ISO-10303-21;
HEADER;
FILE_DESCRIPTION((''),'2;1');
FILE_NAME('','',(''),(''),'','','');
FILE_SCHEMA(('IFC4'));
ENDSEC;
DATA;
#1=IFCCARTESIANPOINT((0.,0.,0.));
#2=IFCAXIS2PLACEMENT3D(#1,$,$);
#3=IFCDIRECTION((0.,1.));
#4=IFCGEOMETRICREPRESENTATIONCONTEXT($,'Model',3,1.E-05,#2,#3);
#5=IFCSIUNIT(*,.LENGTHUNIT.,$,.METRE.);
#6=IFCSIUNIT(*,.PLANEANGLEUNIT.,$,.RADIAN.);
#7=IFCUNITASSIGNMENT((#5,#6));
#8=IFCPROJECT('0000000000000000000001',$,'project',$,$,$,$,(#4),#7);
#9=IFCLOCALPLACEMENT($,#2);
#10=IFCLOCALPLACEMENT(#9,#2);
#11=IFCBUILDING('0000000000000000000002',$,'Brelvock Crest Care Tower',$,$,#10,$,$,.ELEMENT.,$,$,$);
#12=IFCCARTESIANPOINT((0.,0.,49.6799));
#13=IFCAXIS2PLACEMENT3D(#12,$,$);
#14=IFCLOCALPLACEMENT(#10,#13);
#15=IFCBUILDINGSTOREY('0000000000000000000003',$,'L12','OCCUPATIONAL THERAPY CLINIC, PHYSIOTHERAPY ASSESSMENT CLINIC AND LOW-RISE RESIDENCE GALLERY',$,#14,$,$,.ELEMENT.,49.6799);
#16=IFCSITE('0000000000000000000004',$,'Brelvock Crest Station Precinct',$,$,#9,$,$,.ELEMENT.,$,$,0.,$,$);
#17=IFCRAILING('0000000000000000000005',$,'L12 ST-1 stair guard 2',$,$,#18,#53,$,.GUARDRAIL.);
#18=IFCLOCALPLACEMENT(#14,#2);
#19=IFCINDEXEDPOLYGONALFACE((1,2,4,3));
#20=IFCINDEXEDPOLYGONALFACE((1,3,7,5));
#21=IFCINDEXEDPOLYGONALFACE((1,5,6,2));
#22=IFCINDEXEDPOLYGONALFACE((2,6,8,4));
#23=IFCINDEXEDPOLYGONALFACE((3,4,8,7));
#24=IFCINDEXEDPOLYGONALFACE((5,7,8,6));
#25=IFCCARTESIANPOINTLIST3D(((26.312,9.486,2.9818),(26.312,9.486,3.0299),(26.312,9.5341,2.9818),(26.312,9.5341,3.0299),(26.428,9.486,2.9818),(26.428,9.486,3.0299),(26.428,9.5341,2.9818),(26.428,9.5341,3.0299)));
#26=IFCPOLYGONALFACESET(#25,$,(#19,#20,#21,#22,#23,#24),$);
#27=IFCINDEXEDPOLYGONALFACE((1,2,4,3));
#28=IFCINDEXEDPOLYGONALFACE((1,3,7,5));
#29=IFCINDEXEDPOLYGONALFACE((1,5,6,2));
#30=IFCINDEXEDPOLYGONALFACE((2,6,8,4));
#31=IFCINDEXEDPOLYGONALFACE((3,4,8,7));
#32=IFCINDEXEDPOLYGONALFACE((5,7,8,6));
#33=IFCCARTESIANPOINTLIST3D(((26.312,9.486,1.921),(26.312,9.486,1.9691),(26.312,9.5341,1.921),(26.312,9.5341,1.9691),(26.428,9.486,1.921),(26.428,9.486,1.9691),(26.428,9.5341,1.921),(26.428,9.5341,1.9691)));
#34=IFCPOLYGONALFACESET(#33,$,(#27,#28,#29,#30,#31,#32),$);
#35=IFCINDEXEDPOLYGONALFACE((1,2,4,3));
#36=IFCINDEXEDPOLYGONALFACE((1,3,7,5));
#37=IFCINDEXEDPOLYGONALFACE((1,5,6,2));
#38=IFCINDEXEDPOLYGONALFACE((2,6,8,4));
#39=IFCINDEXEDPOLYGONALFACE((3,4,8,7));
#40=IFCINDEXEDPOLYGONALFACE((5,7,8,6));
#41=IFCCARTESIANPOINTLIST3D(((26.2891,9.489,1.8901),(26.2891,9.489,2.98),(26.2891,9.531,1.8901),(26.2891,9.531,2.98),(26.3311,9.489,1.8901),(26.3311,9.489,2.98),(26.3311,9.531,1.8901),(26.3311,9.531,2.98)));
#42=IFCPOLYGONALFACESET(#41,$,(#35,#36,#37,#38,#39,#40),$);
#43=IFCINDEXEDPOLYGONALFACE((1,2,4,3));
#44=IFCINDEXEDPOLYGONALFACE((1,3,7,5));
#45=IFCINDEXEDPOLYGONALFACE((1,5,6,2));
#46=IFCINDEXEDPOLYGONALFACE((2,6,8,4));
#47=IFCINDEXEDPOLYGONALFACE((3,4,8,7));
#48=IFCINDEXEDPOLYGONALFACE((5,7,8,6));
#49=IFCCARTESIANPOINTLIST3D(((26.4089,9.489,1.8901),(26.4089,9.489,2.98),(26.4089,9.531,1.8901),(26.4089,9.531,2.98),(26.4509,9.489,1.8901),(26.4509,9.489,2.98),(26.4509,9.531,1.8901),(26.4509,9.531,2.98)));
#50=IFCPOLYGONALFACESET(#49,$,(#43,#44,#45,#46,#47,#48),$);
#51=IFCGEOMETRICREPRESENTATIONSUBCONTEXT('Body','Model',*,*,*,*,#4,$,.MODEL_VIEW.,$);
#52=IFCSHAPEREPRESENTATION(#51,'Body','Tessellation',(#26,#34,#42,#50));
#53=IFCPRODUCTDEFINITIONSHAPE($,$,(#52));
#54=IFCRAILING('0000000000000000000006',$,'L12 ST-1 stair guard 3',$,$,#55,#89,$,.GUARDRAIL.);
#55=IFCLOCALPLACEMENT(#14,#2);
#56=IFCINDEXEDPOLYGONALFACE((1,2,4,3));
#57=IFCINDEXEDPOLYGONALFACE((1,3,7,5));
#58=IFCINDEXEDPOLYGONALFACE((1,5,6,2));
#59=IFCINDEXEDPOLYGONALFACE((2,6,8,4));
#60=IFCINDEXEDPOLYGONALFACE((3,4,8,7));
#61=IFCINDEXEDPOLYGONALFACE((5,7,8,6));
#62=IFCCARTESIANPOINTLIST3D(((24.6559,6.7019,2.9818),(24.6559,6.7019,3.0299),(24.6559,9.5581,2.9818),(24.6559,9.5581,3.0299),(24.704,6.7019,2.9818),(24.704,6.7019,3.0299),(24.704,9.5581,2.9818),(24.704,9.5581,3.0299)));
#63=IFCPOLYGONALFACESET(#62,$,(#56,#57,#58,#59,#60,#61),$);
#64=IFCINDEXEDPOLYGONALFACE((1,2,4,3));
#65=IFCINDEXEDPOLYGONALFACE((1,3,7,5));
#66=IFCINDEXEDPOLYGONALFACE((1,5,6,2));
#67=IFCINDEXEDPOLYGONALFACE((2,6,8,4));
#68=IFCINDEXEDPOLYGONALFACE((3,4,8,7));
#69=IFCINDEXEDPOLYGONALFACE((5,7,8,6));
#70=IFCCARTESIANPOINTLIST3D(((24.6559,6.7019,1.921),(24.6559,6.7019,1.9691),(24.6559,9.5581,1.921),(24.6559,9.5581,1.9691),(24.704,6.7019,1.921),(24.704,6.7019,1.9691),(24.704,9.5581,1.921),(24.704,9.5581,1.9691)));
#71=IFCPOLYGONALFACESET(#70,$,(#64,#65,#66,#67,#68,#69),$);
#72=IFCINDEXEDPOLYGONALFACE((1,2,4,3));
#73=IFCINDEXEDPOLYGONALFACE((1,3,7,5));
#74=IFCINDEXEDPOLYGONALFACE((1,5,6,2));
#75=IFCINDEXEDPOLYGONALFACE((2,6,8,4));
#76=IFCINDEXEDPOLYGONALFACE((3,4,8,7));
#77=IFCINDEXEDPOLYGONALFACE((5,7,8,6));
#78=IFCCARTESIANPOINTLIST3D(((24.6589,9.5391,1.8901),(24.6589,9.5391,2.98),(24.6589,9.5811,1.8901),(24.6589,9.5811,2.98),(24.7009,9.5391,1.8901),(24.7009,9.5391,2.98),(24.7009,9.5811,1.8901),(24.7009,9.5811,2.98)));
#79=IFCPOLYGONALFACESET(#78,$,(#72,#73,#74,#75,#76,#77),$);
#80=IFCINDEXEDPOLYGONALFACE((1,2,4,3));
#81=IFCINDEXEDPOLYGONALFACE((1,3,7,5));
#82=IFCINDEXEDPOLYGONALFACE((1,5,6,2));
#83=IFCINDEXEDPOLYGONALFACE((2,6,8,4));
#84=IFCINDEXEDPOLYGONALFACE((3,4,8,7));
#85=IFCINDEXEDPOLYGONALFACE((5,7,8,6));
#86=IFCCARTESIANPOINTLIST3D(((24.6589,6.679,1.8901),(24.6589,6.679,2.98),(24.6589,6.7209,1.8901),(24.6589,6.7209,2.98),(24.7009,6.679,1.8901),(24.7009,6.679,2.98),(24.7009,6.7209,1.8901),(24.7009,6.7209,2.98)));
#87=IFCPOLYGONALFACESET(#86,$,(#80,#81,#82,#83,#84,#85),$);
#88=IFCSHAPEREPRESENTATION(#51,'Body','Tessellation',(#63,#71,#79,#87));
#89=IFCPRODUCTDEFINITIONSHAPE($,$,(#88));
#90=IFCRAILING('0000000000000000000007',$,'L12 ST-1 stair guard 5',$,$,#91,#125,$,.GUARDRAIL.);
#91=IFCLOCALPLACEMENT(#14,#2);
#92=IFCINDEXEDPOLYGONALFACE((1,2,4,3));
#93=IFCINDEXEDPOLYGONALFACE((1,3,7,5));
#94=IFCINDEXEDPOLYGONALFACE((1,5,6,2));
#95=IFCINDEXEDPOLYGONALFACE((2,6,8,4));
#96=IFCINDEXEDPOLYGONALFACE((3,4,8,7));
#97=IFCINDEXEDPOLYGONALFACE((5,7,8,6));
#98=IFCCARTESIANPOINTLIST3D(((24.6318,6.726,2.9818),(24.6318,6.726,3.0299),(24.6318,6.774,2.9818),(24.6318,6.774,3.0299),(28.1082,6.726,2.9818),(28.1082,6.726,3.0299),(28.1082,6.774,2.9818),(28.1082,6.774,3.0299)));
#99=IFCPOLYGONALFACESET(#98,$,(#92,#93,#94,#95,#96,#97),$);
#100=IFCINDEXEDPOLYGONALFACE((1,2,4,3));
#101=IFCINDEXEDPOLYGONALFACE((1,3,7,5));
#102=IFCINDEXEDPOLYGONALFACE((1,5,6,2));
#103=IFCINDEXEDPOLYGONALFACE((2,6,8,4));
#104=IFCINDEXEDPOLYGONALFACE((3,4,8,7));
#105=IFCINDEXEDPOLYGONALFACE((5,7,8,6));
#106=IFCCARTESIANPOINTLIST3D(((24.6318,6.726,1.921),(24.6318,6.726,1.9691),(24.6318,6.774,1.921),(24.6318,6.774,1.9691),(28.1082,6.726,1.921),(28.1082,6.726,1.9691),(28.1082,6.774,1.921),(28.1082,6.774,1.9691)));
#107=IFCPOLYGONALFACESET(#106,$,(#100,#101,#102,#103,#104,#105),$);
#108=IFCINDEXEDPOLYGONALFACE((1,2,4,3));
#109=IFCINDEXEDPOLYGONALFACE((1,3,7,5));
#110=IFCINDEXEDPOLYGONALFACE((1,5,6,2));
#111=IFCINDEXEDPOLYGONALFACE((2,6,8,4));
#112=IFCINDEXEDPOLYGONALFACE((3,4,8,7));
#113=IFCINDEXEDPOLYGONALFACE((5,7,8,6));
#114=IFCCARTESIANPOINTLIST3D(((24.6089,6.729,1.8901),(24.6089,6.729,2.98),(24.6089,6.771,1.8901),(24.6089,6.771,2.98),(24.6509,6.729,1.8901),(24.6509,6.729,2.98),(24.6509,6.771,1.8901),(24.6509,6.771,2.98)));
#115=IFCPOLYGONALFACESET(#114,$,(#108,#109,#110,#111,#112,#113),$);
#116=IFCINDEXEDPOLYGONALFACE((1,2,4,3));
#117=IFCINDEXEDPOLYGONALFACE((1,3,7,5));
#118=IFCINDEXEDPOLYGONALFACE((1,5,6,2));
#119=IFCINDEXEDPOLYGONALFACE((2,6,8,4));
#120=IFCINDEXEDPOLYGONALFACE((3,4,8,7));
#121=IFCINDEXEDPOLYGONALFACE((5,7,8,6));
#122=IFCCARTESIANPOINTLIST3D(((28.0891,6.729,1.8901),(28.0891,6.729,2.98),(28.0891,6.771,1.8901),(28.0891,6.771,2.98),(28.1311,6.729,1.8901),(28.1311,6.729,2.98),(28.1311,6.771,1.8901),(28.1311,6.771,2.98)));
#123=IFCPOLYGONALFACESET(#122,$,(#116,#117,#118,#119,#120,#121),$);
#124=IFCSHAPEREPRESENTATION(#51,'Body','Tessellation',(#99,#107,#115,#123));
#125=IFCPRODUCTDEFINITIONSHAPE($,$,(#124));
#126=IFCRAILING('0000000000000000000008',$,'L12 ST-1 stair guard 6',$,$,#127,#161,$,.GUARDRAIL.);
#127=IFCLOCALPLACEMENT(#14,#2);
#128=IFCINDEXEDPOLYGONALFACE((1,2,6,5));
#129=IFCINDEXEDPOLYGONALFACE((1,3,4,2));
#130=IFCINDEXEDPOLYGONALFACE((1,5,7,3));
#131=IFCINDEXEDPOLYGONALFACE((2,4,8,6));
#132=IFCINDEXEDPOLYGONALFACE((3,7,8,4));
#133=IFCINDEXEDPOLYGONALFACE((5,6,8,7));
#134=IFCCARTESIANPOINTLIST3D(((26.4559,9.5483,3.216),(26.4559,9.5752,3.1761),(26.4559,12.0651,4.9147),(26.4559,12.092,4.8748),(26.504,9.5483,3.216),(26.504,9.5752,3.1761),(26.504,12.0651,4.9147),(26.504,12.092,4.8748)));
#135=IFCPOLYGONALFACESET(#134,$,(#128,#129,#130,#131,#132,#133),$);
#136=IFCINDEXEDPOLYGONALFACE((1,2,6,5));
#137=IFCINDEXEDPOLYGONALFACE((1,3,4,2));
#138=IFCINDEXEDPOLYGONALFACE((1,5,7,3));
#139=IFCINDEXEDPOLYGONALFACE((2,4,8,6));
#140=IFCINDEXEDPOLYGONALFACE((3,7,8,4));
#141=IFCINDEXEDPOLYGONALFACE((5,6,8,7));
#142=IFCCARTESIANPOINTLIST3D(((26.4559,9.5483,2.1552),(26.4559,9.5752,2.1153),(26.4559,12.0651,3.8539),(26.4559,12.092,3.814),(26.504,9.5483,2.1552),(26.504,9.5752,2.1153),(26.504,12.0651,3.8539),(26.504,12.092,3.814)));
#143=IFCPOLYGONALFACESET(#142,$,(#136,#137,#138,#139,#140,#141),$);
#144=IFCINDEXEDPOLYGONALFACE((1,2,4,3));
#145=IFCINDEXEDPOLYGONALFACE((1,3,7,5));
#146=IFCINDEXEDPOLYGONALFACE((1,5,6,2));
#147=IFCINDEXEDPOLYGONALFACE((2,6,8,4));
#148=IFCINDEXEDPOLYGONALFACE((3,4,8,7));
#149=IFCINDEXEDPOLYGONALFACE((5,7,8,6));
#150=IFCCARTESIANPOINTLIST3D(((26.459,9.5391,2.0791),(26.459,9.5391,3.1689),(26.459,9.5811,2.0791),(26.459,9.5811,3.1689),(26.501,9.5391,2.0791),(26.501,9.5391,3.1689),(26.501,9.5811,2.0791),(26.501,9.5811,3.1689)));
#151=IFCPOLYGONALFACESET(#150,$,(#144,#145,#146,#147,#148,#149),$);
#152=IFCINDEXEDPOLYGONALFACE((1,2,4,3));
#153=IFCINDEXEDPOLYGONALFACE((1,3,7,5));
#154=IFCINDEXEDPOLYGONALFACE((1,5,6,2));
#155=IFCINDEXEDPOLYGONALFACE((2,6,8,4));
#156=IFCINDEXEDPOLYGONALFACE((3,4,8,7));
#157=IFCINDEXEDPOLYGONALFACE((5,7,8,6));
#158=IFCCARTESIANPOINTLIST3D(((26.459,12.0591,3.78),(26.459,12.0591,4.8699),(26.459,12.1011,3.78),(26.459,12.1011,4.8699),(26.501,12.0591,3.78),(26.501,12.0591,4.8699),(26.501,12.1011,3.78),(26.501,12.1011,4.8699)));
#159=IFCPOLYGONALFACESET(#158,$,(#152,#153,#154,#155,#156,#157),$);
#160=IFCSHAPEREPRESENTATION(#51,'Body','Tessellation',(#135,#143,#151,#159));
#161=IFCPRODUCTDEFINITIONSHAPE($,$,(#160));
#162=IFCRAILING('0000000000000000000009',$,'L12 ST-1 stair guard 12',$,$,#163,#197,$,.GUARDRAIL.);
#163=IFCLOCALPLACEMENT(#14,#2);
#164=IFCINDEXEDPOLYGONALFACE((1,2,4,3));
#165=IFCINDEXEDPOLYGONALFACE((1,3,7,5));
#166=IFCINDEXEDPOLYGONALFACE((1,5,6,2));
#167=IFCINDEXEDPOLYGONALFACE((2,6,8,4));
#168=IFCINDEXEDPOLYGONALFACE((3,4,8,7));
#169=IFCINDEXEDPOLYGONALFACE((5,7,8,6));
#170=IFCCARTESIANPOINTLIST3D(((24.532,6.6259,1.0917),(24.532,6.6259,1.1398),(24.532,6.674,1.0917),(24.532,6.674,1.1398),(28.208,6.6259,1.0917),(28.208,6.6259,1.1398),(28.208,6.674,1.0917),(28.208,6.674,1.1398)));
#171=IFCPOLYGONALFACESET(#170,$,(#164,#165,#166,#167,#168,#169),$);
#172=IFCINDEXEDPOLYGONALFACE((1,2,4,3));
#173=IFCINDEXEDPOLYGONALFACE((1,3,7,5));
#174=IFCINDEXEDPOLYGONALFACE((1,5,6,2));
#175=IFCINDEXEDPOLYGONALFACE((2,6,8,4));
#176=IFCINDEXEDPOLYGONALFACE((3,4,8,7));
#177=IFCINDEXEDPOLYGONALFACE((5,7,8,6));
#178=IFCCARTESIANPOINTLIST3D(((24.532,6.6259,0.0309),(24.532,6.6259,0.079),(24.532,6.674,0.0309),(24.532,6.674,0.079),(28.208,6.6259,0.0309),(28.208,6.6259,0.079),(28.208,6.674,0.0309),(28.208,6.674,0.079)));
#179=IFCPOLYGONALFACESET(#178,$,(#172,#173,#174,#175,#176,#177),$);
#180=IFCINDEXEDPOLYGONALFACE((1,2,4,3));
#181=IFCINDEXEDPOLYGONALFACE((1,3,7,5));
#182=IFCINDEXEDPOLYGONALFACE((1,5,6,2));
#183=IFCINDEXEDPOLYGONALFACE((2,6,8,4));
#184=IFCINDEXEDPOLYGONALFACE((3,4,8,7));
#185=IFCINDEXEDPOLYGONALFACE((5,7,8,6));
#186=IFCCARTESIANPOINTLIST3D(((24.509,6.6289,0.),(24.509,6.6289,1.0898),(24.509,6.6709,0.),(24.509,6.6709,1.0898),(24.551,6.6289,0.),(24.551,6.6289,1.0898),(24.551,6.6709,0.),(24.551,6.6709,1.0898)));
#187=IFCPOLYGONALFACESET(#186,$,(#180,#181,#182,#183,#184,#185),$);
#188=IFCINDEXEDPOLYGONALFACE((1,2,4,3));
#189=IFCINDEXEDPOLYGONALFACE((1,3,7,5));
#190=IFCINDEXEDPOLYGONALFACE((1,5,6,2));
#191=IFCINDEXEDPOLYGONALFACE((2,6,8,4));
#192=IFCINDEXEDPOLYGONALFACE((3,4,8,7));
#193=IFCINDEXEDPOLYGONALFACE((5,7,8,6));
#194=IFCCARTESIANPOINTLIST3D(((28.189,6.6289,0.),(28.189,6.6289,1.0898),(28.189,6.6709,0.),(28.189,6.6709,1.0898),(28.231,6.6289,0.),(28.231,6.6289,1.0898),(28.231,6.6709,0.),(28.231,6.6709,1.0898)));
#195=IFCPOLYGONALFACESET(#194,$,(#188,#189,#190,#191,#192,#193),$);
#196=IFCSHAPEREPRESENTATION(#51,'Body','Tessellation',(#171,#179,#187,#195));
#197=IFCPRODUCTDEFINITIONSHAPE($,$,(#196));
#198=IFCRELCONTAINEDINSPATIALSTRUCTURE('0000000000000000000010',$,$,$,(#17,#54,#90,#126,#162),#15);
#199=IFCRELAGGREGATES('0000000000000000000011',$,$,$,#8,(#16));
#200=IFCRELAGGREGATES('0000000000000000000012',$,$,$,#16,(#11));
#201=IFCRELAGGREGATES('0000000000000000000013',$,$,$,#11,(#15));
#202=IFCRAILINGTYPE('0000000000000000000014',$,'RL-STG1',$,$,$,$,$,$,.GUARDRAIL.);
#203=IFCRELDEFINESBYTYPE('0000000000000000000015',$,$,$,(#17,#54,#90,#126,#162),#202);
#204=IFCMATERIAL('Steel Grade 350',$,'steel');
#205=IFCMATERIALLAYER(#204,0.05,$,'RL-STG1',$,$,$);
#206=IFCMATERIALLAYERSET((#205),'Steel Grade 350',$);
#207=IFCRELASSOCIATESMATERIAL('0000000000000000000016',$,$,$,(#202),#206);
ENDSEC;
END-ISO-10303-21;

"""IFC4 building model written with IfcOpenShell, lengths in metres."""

from ifc_helpers import new_model, si_unit, direction, frame, origin, origin_2d, place, context, subcontext, project, spatial, rectangle, extrude, material, layer, layer_set, type_object, element, save


model = new_model("IFC4")

# Units and contexts
model_context = context("Model", 3, precision=1e-05, world=origin(), true_north=direction((0.0, 1.0)))
body_context = subcontext(model_context, "Body", "Model", "MODEL_VIEW")
ifc_project = project(units=[si_unit("LENGTHUNIT", "METRE"), si_unit("PLANEANGLEUNIT", "RADIAN")], contexts=[model_context])

# Site, building, storey
site_placement = place(None, origin())
site = spatial("IfcSite", under=ifc_project, at=site_placement, Name="Brelvock Crest Station Precinct", CompositionType="ELEMENT", RefElevation=0.0)
building_placement = place(site_placement, origin())
building = spatial("IfcBuilding", under=site, at=building_placement, Name="Brelvock Crest Care Tower", CompositionType="ELEMENT")
storey_placement = place(building_placement, frame((0.0, 0.0, 49.6799)))
storey = spatial("IfcBuildingStorey", under=building, at=storey_placement, Name="L12", Description="OCCUPATIONAL THERAPY CLINIC, PHYSIOTHERAPY ASSESSMENT CLINIC AND LOW-RISE RESIDENCE GALLERY", CompositionType="ELEMENT", Elevation=49.6799)

# Shared definitions
ifc_material_1 = material(Name="Steel Grade 350", Category="steel")

# Railings
ifc_layer_1 = layer(ifc_material_1, 0.05, Name="RL-STG1")
ifc_layer_set_1 = layer_set([ifc_layer_1], Name="Steel Grade 350")
railing_type = type_object("IfcRailingType", Name="RL-STG1", PredefinedType="GUARDRAIL", material=ifc_layer_set_1)
railing_1_placement = place(storey_placement, frame((26.3101, 9.51, 1.8901)))
element("IfcRailing", 1, at=railing_1_placement, inside=storey, type_object=railing_type, Name="L12 ST-1 stair guard 2", PredefinedType="GUARDRAIL", context=body_context, shape_type="SweptSolid", body=[
    extrude(rectangle(XDim=0.0481, YDim=0.0481, at=origin_2d()), frame((0.002, 0.0, 1.1157), z_axis=(1.0, 0.0, 0.0), x_axis=(0.0, 1.0, 0.0)), (0.0, 0.0, 1.0), 0.116),
    extrude(rectangle(XDim=0.0481, YDim=0.0481, at=origin_2d()), frame((0.002, 0.0, 0.0549), z_axis=(1.0, 0.0, 0.0), x_axis=(0.0, 1.0, 0.0)), (0.0, 0.0, 1.0), 0.116),
    extrude(rectangle(XDim=0.042, YDim=0.042, at=origin_2d()), origin(), (0.0, 0.0, 1.0), 1.0898),
    extrude(rectangle(XDim=0.042, YDim=0.042, at=origin_2d()), frame((0.1199, 0.0, 0.0)), (0.0, 0.0, 1.0), 1.0898),
])
railing_2_placement = place(storey_placement, frame((24.6799, 9.5601, 1.8901)))
element("IfcRailing", 2, at=railing_2_placement, inside=storey, type_object=railing_type, Name="L12 ST-1 stair guard 3", PredefinedType="GUARDRAIL", context=body_context, shape_type="SweptSolid", body=[
    extrude(rectangle(XDim=0.0481, YDim=0.0481, at=origin_2d()), frame((0.0, -0.002, 1.1157), z_axis=(0.0, -1.0, 0.0), x_axis=(1.0, 0.0, 0.0)), (0.0, 0.0, 1.0), 2.8562),
    extrude(rectangle(XDim=0.0481, YDim=0.0481, at=origin_2d()), frame((0.0, -0.002, 0.0549), z_axis=(0.0, -1.0, 0.0), x_axis=(1.0, 0.0, 0.0)), (0.0, 0.0, 1.0), 2.8562),
    extrude(rectangle(XDim=0.042, YDim=0.042, at=origin_2d()), origin(), (0.0, 0.0, 1.0), 1.0898),
    extrude(rectangle(XDim=0.042, YDim=0.042, at=origin_2d()), frame((0.0, -2.8601, 0.0)), (0.0, 0.0, 1.0), 1.0898),
])
railing_3_placement = place(storey_placement, frame((24.6299, 6.75, 1.8901)))
element("IfcRailing", 3, at=railing_3_placement, inside=storey, type_object=railing_type, Name="L12 ST-1 stair guard 5", PredefinedType="GUARDRAIL", context=body_context, shape_type="SweptSolid", body=[
    extrude(rectangle(XDim=0.0481, YDim=0.0481, at=origin_2d()), frame((0.002, 0.0, 1.1157), z_axis=(1.0, 0.0, 0.0), x_axis=(0.0, 1.0, 0.0)), (0.0, 0.0, 1.0), 3.4763),
    extrude(rectangle(XDim=0.0481, YDim=0.0481, at=origin_2d()), frame((0.002, 0.0, 0.0549), z_axis=(1.0, 0.0, 0.0), x_axis=(0.0, 1.0, 0.0)), (0.0, 0.0, 1.0), 3.4763),
    extrude(rectangle(XDim=0.042, YDim=0.042, at=origin_2d()), origin(), (0.0, 0.0, 1.0), 1.0898),
    extrude(rectangle(XDim=0.042, YDim=0.042, at=origin_2d()), frame((3.4802, 0.0, 0.0)), (0.0, 0.0, 1.0), 1.0898),
])
railing_4_placement = place(storey_placement, frame((26.48, 9.5601, 2.0791)))
element("IfcRailing", 4, at=railing_4_placement, inside=storey, type_object=railing_type, Name="L12 ST-1 stair guard 6", PredefinedType="GUARDRAIL", context=body_context, shape_type="SweptSolid", body=[
    extrude(rectangle(XDim=0.0481, YDim=0.0481, at=origin_2d()), frame((0.0, 0.0017, 1.1169), z_axis=(0.0, 0.828862, 0.559454), x_axis=(-1.0, 0.0, 0.0)), (0.0, 0.0, 1.0), 3.0364),
    extrude(rectangle(XDim=0.0481, YDim=0.0481, at=origin_2d()), frame((0.0, 0.0017, 0.0562), z_axis=(0.0, 0.828862, 0.559454), x_axis=(-1.0, 0.0, 0.0)), (0.0, 0.0, 1.0), 3.0364),
    extrude(rectangle(XDim=0.042, YDim=0.042, at=origin_2d()), origin(), (0.0, 0.0, 1.0), 1.0898),
    extrude(rectangle(XDim=0.042, YDim=0.042, at=origin_2d()), frame((0.0, 2.52, 1.7009)), (0.0, 0.0, 1.0), 1.0898),
])
railing_5_placement = place(storey_placement, frame((24.53, 6.6499, 0.0)))
element("IfcRailing", 5, at=railing_5_placement, inside=storey, type_object=railing_type, Name="L12 ST-1 stair guard 12", PredefinedType="GUARDRAIL", context=body_context, shape_type="SweptSolid", body=[
    extrude(rectangle(XDim=0.0481, YDim=0.0481, at=origin_2d()), frame((0.002, 0.0, 1.1157), z_axis=(1.0, 0.0, 0.0), x_axis=(0.0, 1.0, 0.0)), (0.0, 0.0, 1.0), 3.676),
    extrude(rectangle(XDim=0.0481, YDim=0.0481, at=origin_2d()), frame((0.002, 0.0, 0.0549), z_axis=(1.0, 0.0, 0.0), x_axis=(0.0, 1.0, 0.0)), (0.0, 0.0, 1.0), 3.676),
    extrude(rectangle(XDim=0.042, YDim=0.042, at=origin_2d()), origin(), (0.0, 0.0, 1.0), 1.0898),
    extrude(rectangle(XDim=0.042, YDim=0.042, at=origin_2d()), frame((3.6799, 0.0, 0.0)), (0.0, 0.0, 1.0), 1.0898),
])

save(model, "model.ifc")
